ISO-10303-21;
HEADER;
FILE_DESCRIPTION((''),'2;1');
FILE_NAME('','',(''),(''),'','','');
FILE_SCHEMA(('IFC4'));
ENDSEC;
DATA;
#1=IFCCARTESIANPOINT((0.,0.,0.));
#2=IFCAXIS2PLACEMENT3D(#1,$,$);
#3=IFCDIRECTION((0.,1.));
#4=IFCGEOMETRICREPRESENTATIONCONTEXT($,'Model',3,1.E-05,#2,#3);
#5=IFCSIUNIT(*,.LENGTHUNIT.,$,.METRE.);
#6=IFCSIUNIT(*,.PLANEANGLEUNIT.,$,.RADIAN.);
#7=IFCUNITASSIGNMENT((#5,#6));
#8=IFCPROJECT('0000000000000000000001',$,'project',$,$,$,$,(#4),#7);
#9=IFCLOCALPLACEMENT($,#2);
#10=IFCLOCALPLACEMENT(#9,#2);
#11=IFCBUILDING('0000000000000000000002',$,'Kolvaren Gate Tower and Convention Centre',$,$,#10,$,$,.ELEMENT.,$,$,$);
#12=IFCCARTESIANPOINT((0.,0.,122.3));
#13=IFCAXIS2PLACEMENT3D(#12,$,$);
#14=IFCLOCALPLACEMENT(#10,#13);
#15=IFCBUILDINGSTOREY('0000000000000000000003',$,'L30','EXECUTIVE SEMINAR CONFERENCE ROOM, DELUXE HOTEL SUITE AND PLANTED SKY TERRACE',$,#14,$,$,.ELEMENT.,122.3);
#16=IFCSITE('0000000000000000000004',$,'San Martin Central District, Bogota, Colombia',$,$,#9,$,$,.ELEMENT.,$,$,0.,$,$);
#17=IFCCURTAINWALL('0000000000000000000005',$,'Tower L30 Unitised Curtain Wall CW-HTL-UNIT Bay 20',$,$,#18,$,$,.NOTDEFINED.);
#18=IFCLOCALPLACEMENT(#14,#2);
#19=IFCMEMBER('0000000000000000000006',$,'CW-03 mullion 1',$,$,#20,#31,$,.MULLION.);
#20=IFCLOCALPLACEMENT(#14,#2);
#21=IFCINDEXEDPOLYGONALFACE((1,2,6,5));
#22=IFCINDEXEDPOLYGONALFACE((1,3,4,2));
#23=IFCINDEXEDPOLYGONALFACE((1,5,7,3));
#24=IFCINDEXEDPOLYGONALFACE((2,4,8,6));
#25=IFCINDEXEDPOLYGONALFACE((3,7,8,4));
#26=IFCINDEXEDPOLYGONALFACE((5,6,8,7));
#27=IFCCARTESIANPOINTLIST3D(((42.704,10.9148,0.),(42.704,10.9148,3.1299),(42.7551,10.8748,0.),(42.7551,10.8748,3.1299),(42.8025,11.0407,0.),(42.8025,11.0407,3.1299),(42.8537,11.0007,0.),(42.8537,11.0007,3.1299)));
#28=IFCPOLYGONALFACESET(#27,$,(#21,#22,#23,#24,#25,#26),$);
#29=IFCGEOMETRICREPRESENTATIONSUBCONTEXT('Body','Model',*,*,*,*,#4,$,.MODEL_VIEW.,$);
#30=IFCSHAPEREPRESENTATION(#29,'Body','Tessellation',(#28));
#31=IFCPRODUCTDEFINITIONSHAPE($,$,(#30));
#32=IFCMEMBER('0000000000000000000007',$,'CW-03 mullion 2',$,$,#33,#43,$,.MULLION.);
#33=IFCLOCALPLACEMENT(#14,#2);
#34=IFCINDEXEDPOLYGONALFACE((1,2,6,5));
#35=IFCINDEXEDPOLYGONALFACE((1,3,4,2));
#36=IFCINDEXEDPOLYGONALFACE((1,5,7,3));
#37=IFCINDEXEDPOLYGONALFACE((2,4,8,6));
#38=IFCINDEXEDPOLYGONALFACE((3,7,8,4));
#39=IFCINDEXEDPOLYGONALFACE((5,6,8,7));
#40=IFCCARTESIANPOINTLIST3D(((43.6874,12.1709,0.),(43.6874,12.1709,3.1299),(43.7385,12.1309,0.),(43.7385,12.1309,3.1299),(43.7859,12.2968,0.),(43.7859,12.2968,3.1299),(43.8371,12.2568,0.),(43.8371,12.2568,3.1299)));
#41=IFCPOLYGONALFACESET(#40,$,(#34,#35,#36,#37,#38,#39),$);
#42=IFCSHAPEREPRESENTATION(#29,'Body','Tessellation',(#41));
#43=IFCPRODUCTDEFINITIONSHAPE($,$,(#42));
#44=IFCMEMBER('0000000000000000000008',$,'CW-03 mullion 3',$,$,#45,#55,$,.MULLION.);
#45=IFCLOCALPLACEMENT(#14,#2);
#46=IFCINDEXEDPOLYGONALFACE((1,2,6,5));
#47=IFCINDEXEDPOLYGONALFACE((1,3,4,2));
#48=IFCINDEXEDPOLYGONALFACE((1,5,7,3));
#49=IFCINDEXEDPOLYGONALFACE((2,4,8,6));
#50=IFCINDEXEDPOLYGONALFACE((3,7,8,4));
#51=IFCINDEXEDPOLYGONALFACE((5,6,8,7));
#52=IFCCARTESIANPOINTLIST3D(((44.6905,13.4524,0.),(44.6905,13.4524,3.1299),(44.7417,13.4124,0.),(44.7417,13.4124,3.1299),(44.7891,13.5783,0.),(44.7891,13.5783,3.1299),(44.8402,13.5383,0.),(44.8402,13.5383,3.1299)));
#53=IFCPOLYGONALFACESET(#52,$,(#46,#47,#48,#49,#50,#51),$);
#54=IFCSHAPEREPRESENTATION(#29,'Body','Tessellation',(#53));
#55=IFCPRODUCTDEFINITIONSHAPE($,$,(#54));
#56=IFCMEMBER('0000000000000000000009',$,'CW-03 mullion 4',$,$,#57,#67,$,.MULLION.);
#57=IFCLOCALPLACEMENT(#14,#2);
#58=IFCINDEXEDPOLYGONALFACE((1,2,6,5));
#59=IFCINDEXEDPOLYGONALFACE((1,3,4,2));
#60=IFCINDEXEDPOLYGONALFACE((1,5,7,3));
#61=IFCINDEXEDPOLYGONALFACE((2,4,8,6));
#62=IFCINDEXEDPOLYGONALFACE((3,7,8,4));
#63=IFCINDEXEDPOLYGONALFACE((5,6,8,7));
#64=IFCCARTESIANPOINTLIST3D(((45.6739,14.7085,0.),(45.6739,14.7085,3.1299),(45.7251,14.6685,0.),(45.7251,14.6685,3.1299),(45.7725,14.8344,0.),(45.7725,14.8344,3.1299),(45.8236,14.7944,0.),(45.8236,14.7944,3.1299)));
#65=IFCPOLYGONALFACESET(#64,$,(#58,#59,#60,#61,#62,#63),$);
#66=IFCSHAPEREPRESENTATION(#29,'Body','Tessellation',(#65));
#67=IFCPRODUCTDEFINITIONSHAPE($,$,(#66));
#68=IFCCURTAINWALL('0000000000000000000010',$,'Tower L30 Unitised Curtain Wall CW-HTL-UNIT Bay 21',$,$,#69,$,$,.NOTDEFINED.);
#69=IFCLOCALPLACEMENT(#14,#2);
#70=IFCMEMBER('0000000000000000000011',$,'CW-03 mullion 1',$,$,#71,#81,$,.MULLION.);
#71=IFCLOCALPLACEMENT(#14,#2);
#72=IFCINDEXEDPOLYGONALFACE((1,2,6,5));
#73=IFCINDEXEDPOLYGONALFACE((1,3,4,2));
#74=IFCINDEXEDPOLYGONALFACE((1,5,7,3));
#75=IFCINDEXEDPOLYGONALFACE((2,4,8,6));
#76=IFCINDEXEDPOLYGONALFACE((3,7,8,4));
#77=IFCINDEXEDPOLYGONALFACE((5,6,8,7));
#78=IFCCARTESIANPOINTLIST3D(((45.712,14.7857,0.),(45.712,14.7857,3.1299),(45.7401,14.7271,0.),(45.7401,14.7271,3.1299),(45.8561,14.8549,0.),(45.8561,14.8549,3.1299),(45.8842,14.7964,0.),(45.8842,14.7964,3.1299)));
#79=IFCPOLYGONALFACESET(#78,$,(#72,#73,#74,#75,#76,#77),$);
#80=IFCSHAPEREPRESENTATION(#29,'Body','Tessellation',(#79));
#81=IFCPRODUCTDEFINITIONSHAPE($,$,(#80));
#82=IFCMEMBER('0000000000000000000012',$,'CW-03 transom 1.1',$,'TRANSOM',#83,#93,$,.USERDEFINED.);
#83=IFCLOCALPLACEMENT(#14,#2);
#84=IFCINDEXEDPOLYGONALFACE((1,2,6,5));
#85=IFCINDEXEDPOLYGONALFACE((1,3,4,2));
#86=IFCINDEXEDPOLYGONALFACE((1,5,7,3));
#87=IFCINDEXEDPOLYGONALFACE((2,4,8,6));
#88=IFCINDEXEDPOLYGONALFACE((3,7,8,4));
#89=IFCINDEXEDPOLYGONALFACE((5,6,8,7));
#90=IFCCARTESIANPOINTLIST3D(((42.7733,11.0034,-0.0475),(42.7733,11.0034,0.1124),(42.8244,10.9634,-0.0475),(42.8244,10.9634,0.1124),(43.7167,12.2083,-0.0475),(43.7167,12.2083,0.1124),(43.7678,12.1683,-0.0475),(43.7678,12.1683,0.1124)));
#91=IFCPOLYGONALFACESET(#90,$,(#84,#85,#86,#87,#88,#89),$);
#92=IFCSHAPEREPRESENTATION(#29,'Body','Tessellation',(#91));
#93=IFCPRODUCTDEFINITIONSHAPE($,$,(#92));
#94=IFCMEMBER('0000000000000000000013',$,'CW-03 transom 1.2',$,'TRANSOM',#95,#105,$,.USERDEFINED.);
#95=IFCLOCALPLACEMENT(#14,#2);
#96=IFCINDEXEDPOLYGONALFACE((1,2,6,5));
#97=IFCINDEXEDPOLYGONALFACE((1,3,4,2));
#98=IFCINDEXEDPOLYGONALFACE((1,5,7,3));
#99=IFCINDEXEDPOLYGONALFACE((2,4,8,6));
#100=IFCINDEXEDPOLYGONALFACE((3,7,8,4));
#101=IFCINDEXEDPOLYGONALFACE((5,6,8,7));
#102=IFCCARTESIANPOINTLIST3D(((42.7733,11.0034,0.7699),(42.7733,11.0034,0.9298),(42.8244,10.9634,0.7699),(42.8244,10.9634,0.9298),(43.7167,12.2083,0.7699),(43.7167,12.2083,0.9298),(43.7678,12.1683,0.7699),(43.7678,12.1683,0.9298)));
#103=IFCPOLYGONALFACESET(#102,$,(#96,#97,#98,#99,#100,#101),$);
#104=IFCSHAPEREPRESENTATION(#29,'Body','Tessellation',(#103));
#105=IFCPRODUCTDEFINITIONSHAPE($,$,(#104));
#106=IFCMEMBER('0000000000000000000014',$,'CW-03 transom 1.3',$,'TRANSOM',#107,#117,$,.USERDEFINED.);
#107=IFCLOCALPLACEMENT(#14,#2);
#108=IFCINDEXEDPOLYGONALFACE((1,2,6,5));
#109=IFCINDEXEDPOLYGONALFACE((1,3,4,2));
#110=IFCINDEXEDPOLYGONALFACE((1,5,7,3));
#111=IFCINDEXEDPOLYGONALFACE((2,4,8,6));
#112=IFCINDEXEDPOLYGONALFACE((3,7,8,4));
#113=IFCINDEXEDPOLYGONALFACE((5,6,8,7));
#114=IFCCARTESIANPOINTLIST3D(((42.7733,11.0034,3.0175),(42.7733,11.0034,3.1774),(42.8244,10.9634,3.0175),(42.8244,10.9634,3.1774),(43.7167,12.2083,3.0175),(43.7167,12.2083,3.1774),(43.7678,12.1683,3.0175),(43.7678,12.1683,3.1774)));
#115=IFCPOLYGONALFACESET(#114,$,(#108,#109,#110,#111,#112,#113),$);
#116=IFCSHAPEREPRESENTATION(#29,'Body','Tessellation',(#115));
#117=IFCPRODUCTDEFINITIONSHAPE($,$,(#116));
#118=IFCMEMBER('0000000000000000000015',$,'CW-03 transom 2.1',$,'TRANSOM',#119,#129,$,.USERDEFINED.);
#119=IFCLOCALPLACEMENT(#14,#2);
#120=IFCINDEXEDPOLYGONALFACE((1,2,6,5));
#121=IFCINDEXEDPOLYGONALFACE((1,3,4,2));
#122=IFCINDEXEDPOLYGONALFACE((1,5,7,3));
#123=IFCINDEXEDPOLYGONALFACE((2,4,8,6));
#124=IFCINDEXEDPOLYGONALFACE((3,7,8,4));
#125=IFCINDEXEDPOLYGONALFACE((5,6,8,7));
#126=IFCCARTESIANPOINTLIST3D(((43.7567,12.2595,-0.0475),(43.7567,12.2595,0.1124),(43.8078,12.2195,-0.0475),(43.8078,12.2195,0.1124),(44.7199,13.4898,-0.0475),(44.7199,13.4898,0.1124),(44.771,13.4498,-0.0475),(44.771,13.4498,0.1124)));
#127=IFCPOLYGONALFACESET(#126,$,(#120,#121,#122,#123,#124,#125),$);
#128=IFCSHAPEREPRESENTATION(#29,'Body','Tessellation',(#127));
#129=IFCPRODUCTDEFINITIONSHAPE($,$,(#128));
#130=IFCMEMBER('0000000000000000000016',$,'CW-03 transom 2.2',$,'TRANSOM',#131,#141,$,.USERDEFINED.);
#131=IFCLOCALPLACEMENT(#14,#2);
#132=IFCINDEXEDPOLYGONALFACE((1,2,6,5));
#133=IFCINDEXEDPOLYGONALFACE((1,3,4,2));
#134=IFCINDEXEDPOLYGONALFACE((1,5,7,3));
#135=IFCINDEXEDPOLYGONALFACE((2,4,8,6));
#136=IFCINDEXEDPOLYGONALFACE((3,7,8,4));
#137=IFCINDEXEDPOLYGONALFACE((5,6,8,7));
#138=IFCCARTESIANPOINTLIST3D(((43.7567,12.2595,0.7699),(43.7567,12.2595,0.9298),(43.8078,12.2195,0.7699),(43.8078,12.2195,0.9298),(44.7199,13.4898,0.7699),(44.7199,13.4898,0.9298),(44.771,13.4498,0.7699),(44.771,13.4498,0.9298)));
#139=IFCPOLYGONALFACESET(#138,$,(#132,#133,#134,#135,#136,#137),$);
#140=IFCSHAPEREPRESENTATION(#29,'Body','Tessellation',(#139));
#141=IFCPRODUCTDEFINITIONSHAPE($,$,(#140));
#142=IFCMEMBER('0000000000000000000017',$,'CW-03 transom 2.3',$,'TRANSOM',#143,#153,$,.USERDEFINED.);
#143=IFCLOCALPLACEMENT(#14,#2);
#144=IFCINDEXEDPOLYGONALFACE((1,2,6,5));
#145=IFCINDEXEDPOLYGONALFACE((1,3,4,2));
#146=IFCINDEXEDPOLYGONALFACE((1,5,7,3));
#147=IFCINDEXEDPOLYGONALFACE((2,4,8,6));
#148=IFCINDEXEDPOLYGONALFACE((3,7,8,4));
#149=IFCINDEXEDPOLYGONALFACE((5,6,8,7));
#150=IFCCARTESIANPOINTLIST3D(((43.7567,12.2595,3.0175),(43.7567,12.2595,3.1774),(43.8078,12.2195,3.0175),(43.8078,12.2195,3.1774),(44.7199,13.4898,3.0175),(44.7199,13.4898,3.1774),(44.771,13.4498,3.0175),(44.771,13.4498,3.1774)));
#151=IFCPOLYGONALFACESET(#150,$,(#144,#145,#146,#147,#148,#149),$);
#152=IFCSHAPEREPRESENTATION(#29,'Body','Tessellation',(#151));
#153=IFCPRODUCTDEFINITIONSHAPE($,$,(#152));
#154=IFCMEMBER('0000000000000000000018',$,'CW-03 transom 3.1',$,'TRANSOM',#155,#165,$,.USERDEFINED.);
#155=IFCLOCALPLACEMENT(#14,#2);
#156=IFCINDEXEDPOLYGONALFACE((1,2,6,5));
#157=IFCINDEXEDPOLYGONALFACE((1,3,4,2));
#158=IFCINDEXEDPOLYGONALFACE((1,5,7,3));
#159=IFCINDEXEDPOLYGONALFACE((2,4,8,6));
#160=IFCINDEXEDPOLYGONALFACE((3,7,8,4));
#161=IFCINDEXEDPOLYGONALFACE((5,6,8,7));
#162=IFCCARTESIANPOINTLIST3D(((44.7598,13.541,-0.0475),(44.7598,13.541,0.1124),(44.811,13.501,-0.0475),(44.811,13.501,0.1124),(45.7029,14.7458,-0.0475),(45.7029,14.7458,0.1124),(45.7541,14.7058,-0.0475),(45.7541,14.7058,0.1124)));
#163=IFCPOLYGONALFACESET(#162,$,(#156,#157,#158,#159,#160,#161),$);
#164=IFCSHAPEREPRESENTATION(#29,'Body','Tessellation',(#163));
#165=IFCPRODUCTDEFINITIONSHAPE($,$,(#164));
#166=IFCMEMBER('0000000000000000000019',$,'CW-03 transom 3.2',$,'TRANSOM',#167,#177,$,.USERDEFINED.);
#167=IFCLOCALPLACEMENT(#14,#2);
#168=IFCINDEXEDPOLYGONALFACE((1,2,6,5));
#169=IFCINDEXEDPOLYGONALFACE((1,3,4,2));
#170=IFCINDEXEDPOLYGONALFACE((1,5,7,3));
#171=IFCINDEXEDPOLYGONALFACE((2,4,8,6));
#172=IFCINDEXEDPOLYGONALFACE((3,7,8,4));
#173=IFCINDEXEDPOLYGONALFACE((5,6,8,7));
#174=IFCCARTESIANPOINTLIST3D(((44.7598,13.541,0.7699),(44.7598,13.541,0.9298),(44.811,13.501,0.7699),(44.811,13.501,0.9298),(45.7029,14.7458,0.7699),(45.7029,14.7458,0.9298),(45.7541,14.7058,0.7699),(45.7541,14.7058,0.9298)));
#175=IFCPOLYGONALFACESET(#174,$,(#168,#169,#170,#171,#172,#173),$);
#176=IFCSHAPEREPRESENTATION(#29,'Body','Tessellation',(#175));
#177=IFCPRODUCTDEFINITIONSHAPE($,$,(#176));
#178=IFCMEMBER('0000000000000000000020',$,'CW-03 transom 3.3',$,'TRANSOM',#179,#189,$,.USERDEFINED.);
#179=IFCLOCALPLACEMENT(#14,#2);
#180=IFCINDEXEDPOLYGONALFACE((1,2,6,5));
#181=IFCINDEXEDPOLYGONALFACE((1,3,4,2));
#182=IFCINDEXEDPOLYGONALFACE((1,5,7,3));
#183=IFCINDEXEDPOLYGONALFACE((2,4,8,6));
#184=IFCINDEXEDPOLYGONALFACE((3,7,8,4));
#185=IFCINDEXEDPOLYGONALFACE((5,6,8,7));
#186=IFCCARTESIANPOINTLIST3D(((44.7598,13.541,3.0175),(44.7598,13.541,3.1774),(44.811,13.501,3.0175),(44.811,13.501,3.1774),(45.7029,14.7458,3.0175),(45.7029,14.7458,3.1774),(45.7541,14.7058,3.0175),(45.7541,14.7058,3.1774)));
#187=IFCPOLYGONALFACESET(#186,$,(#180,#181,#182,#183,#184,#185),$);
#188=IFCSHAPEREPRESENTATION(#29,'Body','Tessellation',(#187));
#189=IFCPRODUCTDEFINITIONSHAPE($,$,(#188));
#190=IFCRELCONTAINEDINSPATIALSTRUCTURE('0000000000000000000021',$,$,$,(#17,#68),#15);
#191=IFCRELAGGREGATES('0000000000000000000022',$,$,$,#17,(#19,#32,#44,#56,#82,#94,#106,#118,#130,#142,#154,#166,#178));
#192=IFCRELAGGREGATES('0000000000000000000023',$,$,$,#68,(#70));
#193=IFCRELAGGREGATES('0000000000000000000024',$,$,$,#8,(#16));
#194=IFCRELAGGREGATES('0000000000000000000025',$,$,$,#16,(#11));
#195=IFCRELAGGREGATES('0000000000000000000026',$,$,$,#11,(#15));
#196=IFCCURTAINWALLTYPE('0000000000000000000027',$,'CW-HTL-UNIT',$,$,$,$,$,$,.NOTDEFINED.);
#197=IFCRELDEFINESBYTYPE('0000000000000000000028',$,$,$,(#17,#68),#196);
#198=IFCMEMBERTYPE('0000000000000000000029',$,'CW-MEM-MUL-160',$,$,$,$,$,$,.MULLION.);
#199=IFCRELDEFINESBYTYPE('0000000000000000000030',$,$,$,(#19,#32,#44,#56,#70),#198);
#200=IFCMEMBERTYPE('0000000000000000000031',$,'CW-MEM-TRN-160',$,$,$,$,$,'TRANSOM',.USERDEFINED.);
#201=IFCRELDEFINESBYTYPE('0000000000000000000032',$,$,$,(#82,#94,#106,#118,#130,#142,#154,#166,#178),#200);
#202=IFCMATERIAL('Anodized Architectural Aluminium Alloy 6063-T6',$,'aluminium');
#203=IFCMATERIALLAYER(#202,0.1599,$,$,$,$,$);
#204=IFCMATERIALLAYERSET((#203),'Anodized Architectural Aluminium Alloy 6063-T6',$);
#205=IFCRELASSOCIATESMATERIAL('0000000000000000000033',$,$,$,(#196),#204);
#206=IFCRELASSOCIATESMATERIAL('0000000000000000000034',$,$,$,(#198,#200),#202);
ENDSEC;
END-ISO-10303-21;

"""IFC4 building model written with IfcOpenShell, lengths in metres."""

from ifc_helpers import new_model, si_unit, direction, frame, origin, origin_2d, place, context, subcontext, project, spatial, rectangle, extrude, material, layer, layer_set, material_profile, profile_set, type_object, element, aggregate, save


model = new_model("IFC4")

# Units and contexts
model_context = context("Model", 3, precision=1e-05, world=origin(), true_north=direction((0.0, 1.0)))
body_context = subcontext(model_context, "Body", "Model", "MODEL_VIEW")
ifc_project = project(units=[si_unit("LENGTHUNIT", "METRE"), si_unit("PLANEANGLEUNIT", "RADIAN")], contexts=[model_context])

# Site, building, storey
site_placement = place(None, origin())
site = spatial("IfcSite", under=ifc_project, at=site_placement, Name="San Martin Central District, Bogota, Colombia", CompositionType="ELEMENT", RefElevation=0.0)
building_placement = place(site_placement, origin())
building = spatial("IfcBuilding", under=site, at=building_placement, Name="Kolvaren Gate Tower and Convention Centre", CompositionType="ELEMENT")
storey_placement = place(building_placement, frame((0.0, 0.0, 122.3)))
storey = spatial("IfcBuildingStorey", under=building, at=storey_placement, Name="L30", Description="EXECUTIVE SEMINAR CONFERENCE ROOM, DELUXE HOTEL SUITE AND PLANTED SKY TERRACE", CompositionType="ELEMENT", Elevation=122.3)

# Curtain wall, members
ifc_material_1 = material(Name="Anodized Architectural Aluminium Alloy 6063-T6", Category="aluminium")
ifc_layer_1 = layer(ifc_material_1, 0.1599)
ifc_layer_set_1 = layer_set([ifc_layer_1], Name="Anodized Architectural Aluminium Alloy 6063-T6")
curtain_wall_type = type_object("IfcCurtainWallType", Name="CW-HTL-UNIT", PredefinedType="NOTDEFINED", material=ifc_layer_set_1)
curtain_wall_1_placement = place(storey_placement, origin())
curtain_wall_1 = element("IfcCurtainWall", 1, at=curtain_wall_1_placement, inside=storey, type_object=curtain_wall_type, Name="Tower L30 Unitised Curtain Wall CW-HTL-UNIT Bay 20", PredefinedType="NOTDEFINED")
ifc_material_profile_1 = material_profile(ifc_material_1, rectangle(XDim=0.0649, YDim=0.1599, at=origin_2d()), Name="CW-MEM-MUL-160")
ifc_profile_set_1 = profile_set([ifc_material_profile_1], Name="Anodized Architectural Aluminium Alloy 6063-T6")
member_type_1 = type_object("IfcMemberType", Name="CW-MEM-MUL-160", PredefinedType="MULLION", material=ifc_profile_set_1)
member_1_placement = place(storey_placement, frame((42.7788, 10.9578, 0.0), z_axis=(0.0, 0.0, 1.0), x_axis=(-0.787413, 0.616426, 0.0)))
member_1 = element("IfcMember", 2, at=member_1_placement, type_object=member_type_1, Name="CW-03 mullion 1", PredefinedType="MULLION", context=body_context, shape_type="SweptSolid", body=[
    extrude(rectangle(XDim=0.0649, YDim=0.1599, at=origin_2d()), origin(), (0.0, 0.0, 1.0), 3.1299),
])
member_2_placement = place(storey_placement, frame((43.7622, 12.2139, 0.0), z_axis=(0.0, 0.0, 1.0), x_axis=(-0.787413, 0.616426, 0.0)))
member_2 = element("IfcMember", 3, at=member_2_placement, type_object=member_type_1, Name="CW-03 mullion 2", PredefinedType="MULLION", context=body_context, shape_type="SweptSolid", body=[
    extrude(rectangle(XDim=0.0649, YDim=0.1599, at=origin_2d()), origin(), (0.0, 0.0, 1.0), 3.1299),
])
member_3_placement = place(storey_placement, frame((44.7654, 13.4954, 0.0), z_axis=(0.0, 0.0, 1.0), x_axis=(-0.787413, 0.616426, 0.0)))
member_3 = element("IfcMember", 4, at=member_3_placement, type_object=member_type_1, Name="CW-03 mullion 3", PredefinedType="MULLION", context=body_context, shape_type="SweptSolid", body=[
    extrude(rectangle(XDim=0.0649, YDim=0.1599, at=origin_2d()), origin(), (0.0, 0.0, 1.0), 3.1299),
])
member_4_placement = place(storey_placement, frame((45.7488, 14.7515, 0.0), z_axis=(0.0, 0.0, 1.0), x_axis=(-0.787413, 0.616426, 0.0)))
member_4 = element("IfcMember", 5, at=member_4_placement, type_object=member_type_1, Name="CW-03 mullion 4", PredefinedType="MULLION", context=body_context, shape_type="SweptSolid", body=[
    extrude(rectangle(XDim=0.0649, YDim=0.1599, at=origin_2d()), origin(), (0.0, 0.0, 1.0), 3.1299),
])

# Curtain wall, member
curtain_wall_2_placement = place(storey_placement, origin())
curtain_wall_2 = element("IfcCurtainWall", 6, at=curtain_wall_2_placement, inside=storey, type_object=curtain_wall_type, Name="Tower L30 Unitised Curtain Wall CW-HTL-UNIT Bay 21", PredefinedType="NOTDEFINED")
member_5_placement = place(storey_placement, frame((45.7981, 14.791, 0.0), z_axis=(0.0, 0.0, 1.0), x_axis=(-0.433071, 0.90136, 0.0)))
member_5 = element("IfcMember", 7, at=member_5_placement, type_object=member_type_1, Name="CW-03 mullion 1", PredefinedType="MULLION", context=body_context, shape_type="SweptSolid", body=[
    extrude(rectangle(XDim=0.0649, YDim=0.1599, at=origin_2d()), origin(), (0.0, 0.0, 1.0), 3.1299),
])

# Members
ifc_material_profile_2 = material_profile(ifc_material_1, rectangle(XDim=0.0649, YDim=0.1599, at=origin_2d()), Name="CW-MEM-TRN-160")
ifc_profile_set_2 = profile_set([ifc_material_profile_2], Name="Anodized Architectural Aluminium Alloy 6063-T6")
member_type_2 = type_object("IfcMemberType", Name="CW-MEM-TRN-160", ElementType="TRANSOM", PredefinedType="USERDEFINED", material=ifc_profile_set_2)
member_6_placement = place(storey_placement, frame((42.7988, 10.9834, 0.0325), z_axis=(0.616489, 0.787364, 0.0), x_axis=(-0.787364, 0.616489, 0.0)))
member_6 = element("IfcMember", 8, at=member_6_placement, type_object=member_type_2, Name="CW-03 transom 1.1", ObjectType="TRANSOM", PredefinedType="USERDEFINED", context=body_context, shape_type="SweptSolid", body=[
    extrude(rectangle(XDim=0.0649, YDim=0.1599, at=origin_2d()), origin(), (0.0, 0.0, 1.0), 1.5303),
])
member_7_placement = place(storey_placement, frame((42.7988, 10.9834, 0.8499), z_axis=(0.616489, 0.787364, 0.0), x_axis=(-0.787364, 0.616489, 0.0)))
member_7 = element("IfcMember", 9, at=member_7_placement, type_object=member_type_2, Name="CW-03 transom 1.2", ObjectType="TRANSOM", PredefinedType="USERDEFINED", context=body_context, shape_type="SweptSolid", body=[
    extrude(rectangle(XDim=0.0649, YDim=0.1599, at=origin_2d()), origin(), (0.0, 0.0, 1.0), 1.5303),
])
member_8_placement = place(storey_placement, frame((42.7988, 10.9834, 3.0974), z_axis=(0.616489, 0.787364, 0.0), x_axis=(-0.787364, 0.616489, 0.0)))
member_8 = element("IfcMember", 10, at=member_8_placement, type_object=member_type_2, Name="CW-03 transom 1.3", ObjectType="TRANSOM", PredefinedType="USERDEFINED", context=body_context, shape_type="SweptSolid", body=[
    extrude(rectangle(XDim=0.0649, YDim=0.1599, at=origin_2d()), origin(), (0.0, 0.0, 1.0), 1.5303),
])
member_9_placement = place(storey_placement, frame((43.7822, 12.2395, 0.0325), z_axis=(0.616447, 0.787396, 0.0), x_axis=(-0.787396, 0.616447, 0.0)))
member_9 = element("IfcMember", 11, at=member_9_placement, type_object=member_type_2, Name="CW-03 transom 2.1", ObjectType="TRANSOM", PredefinedType="USERDEFINED", context=body_context, shape_type="SweptSolid", body=[
    extrude(rectangle(XDim=0.0649, YDim=0.1599, at=origin_2d()), origin(), (0.0, 0.0, 1.0), 1.5625),
])
member_10_placement = place(storey_placement, frame((43.7822, 12.2395, 0.8499), z_axis=(0.616447, 0.787396, 0.0), x_axis=(-0.787396, 0.616447, 0.0)))
member_10 = element("IfcMember", 12, at=member_10_placement, type_object=member_type_2, Name="CW-03 transom 2.2", ObjectType="TRANSOM", PredefinedType="USERDEFINED", context=body_context, shape_type="SweptSolid", body=[
    extrude(rectangle(XDim=0.0649, YDim=0.1599, at=origin_2d()), origin(), (0.0, 0.0, 1.0), 1.5625),
])
member_11_placement = place(storey_placement, frame((43.7822, 12.2395, 3.0974), z_axis=(0.616447, 0.787396, 0.0), x_axis=(-0.787396, 0.616447, 0.0)))
member_11 = element("IfcMember", 13, at=member_11_placement, type_object=member_type_2, Name="CW-03 transom 2.3", ObjectType="TRANSOM", PredefinedType="USERDEFINED", context=body_context, shape_type="SweptSolid", body=[
    extrude(rectangle(XDim=0.0649, YDim=0.1599, at=origin_2d()), origin(), (0.0, 0.0, 1.0), 1.5625),
])
member_12_placement = place(storey_placement, frame((44.7854, 13.521, 0.0325), z_axis=(0.61639, 0.787441, 0.0), x_axis=(-0.787441, 0.61639, 0.0)))
member_12 = element("IfcMember", 14, at=member_12_placement, type_object=member_type_2, Name="CW-03 transom 3.1", ObjectType="TRANSOM", PredefinedType="USERDEFINED", context=body_context, shape_type="SweptSolid", body=[
    extrude(rectangle(XDim=0.0649, YDim=0.1599, at=origin_2d()), origin(), (0.0, 0.0, 1.0), 1.53),
])
member_13_placement = place(storey_placement, frame((44.7854, 13.521, 0.8499), z_axis=(0.61639, 0.787441, 0.0), x_axis=(-0.787441, 0.61639, 0.0)))
member_13 = element("IfcMember", 15, at=member_13_placement, type_object=member_type_2, Name="CW-03 transom 3.2", ObjectType="TRANSOM", PredefinedType="USERDEFINED", context=body_context, shape_type="SweptSolid", body=[
    extrude(rectangle(XDim=0.0649, YDim=0.1599, at=origin_2d()), origin(), (0.0, 0.0, 1.0), 1.53),
])
member_14_placement = place(storey_placement, frame((44.7854, 13.521, 3.0974), z_axis=(0.61639, 0.787441, 0.0), x_axis=(-0.787441, 0.61639, 0.0)))
member_14 = element("IfcMember", 16, at=member_14_placement, type_object=member_type_2, Name="CW-03 transom 3.3", ObjectType="TRANSOM", PredefinedType="USERDEFINED", context=body_context, shape_type="SweptSolid", body=[
    extrude(rectangle(XDim=0.0649, YDim=0.1599, at=origin_2d()), origin(), (0.0, 0.0, 1.0), 1.53),
])

aggregate(curtain_wall_1, [member_1, member_2, member_3, member_4, member_6, member_7, member_8, member_9, member_10, member_11, member_12, member_13, member_14])
aggregate(curtain_wall_2, [member_5])

save(model, "model.ifc")
